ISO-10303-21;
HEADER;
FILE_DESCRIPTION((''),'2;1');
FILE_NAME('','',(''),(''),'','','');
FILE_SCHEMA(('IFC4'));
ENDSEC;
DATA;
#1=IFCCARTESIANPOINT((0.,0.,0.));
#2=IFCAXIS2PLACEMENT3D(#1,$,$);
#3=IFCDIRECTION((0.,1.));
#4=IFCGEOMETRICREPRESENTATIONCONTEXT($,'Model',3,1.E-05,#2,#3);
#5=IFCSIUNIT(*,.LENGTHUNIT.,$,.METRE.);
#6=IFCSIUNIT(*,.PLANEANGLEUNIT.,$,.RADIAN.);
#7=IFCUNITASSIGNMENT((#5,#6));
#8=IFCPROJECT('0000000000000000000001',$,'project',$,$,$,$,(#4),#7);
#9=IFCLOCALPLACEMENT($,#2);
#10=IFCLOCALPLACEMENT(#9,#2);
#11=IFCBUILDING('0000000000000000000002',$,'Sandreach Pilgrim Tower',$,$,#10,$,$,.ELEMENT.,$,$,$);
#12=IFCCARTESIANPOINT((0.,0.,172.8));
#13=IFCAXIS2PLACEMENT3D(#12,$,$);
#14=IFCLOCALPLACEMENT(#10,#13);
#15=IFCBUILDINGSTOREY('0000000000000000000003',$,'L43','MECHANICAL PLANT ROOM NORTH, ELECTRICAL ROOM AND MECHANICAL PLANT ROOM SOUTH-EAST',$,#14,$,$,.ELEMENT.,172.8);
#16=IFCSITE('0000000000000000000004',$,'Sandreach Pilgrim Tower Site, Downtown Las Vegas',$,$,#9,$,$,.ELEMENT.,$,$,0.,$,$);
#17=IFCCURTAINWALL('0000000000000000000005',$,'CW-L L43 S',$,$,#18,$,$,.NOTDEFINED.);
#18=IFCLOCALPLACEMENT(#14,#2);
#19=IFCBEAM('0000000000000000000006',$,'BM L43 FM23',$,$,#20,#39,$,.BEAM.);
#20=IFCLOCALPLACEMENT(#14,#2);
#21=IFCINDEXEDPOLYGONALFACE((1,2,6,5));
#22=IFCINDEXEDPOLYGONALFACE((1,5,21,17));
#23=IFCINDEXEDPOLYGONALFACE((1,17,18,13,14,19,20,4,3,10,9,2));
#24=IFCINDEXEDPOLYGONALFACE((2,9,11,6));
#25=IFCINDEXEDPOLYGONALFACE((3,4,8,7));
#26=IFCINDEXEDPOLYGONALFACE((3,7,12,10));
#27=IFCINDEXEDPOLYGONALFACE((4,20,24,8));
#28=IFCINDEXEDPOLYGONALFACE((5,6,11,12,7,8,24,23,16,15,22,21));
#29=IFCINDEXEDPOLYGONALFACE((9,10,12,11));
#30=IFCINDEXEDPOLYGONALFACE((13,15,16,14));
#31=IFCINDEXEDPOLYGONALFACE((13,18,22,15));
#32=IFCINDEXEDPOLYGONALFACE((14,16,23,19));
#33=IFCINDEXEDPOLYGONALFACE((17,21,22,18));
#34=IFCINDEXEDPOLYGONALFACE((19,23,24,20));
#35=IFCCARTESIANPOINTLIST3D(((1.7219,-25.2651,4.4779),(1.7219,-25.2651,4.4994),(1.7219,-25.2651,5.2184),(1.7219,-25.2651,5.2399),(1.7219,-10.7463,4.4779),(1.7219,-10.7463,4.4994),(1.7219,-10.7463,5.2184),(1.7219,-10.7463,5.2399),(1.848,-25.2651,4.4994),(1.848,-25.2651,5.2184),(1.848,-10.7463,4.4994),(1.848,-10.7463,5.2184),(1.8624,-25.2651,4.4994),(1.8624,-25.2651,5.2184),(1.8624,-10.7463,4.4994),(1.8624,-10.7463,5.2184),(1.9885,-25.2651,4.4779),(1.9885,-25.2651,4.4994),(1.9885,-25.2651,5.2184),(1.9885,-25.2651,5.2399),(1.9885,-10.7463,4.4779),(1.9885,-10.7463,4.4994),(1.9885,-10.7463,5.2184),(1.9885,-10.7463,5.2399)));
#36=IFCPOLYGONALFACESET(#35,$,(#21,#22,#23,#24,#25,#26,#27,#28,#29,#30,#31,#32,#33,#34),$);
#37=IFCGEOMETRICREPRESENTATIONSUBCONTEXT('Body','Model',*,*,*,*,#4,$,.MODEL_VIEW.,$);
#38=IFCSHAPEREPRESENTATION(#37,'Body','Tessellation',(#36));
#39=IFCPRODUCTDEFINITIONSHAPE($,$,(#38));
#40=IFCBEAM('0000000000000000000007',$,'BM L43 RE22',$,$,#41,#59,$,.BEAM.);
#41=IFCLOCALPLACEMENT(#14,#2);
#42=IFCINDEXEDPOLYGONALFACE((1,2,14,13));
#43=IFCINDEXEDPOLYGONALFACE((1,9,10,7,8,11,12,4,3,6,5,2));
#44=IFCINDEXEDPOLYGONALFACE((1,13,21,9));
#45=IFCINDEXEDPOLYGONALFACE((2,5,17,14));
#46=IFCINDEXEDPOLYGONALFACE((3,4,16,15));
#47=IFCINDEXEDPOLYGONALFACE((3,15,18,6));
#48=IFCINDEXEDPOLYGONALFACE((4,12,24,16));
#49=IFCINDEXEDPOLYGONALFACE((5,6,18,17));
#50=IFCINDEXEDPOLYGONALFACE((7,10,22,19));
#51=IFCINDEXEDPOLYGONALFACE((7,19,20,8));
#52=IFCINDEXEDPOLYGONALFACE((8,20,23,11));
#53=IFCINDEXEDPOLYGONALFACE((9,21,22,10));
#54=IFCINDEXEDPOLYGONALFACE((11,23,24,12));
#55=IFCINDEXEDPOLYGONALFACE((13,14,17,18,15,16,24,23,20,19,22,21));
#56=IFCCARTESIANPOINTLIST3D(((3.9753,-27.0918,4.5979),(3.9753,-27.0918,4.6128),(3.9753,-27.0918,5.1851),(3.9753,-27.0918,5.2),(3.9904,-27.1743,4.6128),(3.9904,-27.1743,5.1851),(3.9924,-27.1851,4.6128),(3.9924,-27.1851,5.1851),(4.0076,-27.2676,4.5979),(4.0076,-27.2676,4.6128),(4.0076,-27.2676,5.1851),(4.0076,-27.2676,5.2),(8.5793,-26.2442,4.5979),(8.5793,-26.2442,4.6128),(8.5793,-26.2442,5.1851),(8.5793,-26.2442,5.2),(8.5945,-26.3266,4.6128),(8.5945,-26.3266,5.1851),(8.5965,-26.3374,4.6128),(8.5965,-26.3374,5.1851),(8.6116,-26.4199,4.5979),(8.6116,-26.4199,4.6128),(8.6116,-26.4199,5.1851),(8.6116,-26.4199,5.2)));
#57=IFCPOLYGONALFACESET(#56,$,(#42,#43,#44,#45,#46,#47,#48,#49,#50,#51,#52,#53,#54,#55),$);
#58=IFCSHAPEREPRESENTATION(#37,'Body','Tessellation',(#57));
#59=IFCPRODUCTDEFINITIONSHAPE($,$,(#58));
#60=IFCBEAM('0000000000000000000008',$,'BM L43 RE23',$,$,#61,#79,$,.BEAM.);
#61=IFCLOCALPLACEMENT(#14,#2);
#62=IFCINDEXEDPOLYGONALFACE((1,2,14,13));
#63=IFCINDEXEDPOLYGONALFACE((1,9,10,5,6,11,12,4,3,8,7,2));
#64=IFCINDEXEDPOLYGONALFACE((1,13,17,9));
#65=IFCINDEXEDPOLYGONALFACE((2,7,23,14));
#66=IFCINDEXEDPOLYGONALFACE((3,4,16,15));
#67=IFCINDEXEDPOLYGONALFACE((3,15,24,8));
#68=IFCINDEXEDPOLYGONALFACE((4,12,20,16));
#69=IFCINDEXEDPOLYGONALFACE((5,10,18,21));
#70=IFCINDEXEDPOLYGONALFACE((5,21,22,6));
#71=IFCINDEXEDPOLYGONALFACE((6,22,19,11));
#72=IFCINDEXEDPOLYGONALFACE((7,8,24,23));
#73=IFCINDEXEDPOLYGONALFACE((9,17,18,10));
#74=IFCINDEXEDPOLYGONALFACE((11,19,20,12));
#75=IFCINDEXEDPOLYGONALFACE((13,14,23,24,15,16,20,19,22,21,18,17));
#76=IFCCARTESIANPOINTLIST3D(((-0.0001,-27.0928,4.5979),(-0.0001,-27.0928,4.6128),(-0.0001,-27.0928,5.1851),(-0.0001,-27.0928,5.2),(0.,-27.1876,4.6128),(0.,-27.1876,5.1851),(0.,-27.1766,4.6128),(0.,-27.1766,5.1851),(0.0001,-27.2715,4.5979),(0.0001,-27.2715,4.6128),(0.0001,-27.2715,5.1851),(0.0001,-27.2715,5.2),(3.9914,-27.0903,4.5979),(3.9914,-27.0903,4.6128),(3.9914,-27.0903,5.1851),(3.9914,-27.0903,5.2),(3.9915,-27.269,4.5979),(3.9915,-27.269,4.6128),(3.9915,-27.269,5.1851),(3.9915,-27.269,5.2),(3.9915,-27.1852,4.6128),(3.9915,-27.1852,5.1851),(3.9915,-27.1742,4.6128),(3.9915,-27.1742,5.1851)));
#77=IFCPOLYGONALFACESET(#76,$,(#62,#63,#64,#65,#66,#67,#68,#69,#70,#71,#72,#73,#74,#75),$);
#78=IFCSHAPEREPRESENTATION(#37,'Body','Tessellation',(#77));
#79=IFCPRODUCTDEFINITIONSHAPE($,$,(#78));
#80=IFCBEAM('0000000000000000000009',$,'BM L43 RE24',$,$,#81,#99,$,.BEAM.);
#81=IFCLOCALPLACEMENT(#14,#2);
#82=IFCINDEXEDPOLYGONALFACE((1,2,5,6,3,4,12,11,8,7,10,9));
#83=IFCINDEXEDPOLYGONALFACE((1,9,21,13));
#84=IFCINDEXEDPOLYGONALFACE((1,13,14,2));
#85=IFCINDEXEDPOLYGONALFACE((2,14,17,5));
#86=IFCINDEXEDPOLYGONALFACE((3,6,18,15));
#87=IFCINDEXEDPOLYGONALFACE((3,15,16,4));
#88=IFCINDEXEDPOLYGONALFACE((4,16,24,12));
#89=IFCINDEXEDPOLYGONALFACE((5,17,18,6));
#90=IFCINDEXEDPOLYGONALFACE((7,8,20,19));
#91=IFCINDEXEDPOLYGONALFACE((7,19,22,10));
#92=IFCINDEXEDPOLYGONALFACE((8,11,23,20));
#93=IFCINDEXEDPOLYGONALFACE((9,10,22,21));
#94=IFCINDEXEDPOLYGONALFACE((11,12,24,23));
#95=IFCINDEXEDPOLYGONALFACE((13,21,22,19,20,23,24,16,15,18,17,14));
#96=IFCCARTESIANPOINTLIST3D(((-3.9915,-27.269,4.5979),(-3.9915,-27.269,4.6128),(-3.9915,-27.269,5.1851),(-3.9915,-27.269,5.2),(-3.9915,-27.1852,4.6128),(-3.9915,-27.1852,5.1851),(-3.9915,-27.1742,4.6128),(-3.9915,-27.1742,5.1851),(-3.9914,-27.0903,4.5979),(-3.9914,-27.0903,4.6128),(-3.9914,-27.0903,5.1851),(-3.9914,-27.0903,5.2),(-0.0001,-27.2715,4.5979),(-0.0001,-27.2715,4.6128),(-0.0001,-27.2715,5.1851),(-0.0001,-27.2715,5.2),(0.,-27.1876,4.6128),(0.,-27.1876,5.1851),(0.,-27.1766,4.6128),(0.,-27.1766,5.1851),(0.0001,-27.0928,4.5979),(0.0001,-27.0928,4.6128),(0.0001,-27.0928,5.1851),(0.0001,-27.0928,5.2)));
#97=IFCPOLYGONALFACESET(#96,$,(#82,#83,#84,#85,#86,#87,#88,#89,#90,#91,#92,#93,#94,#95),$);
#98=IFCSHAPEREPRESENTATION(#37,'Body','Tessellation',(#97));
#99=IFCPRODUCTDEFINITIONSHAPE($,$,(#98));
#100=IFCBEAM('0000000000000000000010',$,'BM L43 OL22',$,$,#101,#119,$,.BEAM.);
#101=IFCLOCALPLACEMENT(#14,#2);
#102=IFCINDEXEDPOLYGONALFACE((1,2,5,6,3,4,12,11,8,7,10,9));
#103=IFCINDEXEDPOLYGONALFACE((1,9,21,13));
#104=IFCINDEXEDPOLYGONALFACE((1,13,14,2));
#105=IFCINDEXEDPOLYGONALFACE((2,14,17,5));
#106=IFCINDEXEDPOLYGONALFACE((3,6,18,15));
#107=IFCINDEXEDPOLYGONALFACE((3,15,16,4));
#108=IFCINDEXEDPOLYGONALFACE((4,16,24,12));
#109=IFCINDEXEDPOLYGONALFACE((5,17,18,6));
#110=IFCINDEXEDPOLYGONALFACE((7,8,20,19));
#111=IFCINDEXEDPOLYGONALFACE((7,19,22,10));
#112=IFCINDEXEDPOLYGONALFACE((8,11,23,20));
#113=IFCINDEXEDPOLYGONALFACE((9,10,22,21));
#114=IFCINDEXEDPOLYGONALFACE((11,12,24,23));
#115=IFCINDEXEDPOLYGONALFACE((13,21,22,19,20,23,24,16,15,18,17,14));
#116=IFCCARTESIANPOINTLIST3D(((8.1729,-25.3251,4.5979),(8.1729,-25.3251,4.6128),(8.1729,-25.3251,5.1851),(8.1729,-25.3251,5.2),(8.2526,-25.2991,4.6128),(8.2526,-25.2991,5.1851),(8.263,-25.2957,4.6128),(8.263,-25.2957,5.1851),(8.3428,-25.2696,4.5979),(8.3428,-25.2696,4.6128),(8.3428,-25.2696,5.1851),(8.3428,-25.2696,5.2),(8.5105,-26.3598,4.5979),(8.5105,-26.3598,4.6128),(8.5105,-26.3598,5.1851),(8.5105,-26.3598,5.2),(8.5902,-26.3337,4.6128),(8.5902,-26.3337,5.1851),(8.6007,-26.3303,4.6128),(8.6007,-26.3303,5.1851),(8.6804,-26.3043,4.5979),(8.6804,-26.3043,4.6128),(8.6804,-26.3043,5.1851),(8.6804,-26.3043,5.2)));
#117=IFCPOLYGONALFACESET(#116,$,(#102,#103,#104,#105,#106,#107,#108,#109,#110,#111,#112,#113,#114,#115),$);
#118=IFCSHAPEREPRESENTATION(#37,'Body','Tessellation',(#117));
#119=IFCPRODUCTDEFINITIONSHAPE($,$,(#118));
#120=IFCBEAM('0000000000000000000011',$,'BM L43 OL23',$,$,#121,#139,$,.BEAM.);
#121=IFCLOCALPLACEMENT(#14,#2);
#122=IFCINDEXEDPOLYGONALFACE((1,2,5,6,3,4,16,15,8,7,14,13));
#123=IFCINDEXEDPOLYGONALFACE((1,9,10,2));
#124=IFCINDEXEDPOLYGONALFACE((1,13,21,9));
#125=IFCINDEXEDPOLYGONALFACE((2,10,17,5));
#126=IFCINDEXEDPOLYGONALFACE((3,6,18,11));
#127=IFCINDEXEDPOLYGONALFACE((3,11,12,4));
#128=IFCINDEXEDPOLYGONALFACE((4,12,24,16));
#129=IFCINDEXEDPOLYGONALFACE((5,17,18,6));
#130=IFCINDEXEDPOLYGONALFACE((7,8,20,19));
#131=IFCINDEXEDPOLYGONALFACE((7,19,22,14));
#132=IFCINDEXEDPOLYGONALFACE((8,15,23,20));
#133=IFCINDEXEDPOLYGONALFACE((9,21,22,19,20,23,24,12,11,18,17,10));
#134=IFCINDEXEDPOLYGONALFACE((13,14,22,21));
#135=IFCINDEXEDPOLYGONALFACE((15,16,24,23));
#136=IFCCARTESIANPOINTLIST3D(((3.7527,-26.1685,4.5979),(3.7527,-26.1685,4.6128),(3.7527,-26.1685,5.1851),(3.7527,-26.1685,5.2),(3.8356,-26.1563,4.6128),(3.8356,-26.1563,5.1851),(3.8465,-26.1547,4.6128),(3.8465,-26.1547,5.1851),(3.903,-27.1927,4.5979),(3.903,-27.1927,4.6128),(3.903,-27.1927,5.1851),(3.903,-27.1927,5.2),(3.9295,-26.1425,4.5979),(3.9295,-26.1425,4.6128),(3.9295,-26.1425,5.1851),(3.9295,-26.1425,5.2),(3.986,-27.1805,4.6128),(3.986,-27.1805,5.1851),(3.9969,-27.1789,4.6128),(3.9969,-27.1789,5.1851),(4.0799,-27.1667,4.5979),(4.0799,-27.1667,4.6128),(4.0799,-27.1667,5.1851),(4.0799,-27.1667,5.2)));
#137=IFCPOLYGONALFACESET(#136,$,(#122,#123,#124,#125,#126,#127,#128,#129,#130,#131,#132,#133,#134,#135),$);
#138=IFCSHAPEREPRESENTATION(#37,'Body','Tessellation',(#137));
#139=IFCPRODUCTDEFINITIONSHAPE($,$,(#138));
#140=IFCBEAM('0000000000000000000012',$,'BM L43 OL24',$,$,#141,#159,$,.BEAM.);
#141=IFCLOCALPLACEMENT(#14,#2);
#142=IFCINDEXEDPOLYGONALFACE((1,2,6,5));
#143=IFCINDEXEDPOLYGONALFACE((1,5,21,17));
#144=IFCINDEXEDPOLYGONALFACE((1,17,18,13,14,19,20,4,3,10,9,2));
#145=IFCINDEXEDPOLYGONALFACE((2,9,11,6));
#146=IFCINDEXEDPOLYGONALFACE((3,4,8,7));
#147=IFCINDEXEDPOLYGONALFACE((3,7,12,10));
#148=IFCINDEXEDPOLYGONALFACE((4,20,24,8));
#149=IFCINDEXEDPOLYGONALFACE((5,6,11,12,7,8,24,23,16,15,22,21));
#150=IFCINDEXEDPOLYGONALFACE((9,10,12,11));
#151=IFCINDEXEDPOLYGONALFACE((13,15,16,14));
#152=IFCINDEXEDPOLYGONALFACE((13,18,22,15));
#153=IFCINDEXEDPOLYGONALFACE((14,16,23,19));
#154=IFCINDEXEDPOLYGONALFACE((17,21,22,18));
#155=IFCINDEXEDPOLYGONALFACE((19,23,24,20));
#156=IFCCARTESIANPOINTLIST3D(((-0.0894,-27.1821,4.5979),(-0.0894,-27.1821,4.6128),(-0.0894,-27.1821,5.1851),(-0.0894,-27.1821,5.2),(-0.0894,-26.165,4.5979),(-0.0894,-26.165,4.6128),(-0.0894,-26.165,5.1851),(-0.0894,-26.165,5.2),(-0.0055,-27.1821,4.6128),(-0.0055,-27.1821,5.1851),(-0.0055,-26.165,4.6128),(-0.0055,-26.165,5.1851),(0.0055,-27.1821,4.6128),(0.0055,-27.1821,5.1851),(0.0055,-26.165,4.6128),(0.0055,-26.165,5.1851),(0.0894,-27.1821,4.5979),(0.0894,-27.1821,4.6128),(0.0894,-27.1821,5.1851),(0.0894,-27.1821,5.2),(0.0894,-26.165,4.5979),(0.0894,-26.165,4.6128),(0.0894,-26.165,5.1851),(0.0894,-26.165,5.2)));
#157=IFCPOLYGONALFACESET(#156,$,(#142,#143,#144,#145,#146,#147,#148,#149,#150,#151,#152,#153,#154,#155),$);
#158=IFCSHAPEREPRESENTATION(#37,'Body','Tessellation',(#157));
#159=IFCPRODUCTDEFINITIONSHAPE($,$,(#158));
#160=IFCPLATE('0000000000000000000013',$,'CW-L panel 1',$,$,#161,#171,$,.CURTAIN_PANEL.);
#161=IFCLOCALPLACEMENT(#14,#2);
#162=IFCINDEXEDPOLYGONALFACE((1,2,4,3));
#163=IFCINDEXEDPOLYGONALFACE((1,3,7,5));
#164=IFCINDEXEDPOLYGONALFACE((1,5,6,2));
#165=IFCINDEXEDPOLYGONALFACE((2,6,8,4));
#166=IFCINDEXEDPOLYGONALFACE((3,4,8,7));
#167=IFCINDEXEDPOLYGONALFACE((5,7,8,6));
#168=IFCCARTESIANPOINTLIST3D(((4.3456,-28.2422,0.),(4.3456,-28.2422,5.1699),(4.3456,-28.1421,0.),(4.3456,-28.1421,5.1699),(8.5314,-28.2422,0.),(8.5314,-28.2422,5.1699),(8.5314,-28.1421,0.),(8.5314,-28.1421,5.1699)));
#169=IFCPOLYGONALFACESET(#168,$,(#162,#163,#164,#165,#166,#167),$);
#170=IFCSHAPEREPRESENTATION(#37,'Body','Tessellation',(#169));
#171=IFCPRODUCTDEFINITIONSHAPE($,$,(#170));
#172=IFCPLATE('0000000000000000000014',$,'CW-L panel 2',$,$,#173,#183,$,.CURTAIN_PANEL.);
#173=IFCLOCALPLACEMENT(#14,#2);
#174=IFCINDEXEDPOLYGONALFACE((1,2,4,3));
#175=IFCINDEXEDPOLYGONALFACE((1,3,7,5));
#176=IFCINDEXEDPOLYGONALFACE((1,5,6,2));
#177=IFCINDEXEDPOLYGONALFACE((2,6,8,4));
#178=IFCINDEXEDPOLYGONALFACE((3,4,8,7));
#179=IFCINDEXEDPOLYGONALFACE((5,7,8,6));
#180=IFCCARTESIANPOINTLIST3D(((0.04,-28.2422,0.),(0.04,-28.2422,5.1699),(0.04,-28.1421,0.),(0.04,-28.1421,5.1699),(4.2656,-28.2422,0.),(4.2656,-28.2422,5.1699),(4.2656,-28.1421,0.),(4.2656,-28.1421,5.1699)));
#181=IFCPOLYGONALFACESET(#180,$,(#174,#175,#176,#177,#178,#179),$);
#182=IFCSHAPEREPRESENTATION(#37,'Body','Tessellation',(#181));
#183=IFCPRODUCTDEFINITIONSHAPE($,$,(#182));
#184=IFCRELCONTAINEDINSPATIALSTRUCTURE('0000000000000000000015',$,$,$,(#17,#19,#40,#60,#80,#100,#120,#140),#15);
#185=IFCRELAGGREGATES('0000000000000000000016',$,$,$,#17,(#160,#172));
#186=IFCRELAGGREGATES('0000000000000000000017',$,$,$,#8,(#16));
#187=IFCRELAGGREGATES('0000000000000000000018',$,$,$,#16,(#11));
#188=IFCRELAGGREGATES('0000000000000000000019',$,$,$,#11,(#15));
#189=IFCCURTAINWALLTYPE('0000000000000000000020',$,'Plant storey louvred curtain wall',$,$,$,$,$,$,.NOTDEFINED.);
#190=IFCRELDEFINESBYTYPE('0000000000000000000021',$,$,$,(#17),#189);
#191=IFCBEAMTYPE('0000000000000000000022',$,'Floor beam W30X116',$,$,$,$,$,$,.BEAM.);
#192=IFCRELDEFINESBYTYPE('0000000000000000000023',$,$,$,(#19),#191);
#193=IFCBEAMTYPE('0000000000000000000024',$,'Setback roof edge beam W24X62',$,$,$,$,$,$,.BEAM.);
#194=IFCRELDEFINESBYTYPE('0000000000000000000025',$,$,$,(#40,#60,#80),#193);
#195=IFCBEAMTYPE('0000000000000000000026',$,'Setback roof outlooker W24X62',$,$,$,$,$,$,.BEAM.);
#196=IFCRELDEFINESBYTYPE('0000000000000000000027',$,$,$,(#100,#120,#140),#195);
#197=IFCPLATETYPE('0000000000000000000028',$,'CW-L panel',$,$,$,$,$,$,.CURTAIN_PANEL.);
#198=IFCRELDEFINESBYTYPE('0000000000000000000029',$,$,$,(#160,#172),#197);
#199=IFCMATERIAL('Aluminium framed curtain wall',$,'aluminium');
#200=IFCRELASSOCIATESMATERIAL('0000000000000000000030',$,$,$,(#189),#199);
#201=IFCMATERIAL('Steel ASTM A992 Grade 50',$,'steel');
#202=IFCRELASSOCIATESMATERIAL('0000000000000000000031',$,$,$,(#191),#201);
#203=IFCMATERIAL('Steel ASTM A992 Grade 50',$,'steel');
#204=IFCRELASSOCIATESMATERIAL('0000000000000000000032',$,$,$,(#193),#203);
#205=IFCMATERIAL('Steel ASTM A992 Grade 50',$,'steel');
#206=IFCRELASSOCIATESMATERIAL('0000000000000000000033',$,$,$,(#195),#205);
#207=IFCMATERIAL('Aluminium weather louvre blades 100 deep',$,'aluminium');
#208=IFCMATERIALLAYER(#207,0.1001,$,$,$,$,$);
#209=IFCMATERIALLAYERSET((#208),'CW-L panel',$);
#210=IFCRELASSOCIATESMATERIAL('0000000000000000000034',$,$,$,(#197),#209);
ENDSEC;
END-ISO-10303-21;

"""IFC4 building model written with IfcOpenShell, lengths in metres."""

from ifc_helpers import new_model, si_unit, direction, frame, origin, origin_2d, place, context, subcontext, project, spatial, rectangle, i_section, extrude, material, layer, layer_set, material_profile, profile_set, type_object, element, aggregate, save


model = new_model("IFC4")

# Units and contexts
model_context = context("Model", 3, precision=1e-05, world=origin(), true_north=direction((0.0, 1.0)))
body_context = subcontext(model_context, "Body", "Model", "MODEL_VIEW")
ifc_project = project(units=[si_unit("LENGTHUNIT", "METRE"), si_unit("PLANEANGLEUNIT", "RADIAN")], contexts=[model_context])

# Site, building, storey
site_placement = place(None, origin())
site = spatial("IfcSite", under=ifc_project, at=site_placement, Name="Sandreach Pilgrim Tower Site, Downtown Las Vegas", CompositionType="ELEMENT", RefElevation=0.0)
building_placement = place(site_placement, origin())
building = spatial("IfcBuilding", under=site, at=building_placement, Name="Sandreach Pilgrim Tower", CompositionType="ELEMENT")
storey_placement = place(building_placement, frame((0.0, 0.0, 172.8)))
storey = spatial("IfcBuildingStorey", under=building, at=storey_placement, Name="L43", Description="MECHANICAL PLANT ROOM NORTH, ELECTRICAL ROOM AND MECHANICAL PLANT ROOM SOUTH-EAST", CompositionType="ELEMENT", Elevation=172.8)

# Curtain wall
ifc_material_1 = material(Name="Aluminium framed curtain wall", Category="aluminium")
curtain_wall_type = type_object("IfcCurtainWallType", Name="Plant storey louvred curtain wall", PredefinedType="NOTDEFINED", material=ifc_material_1)
curtain_wall_placement = place(storey_placement, origin())
curtain_wall = element("IfcCurtainWall", 1, at=curtain_wall_placement, inside=storey, type_object=curtain_wall_type, Name="CW-L L43 S", PredefinedType="NOTDEFINED")

# Beams
ifc_material_2 = material(Name="Steel ASTM A992 Grade 50", Category="steel")
ifc_material_profile_1 = material_profile(ifc_material_2, i_section(OverallWidth=0.2666, OverallDepth=0.762, WebThickness=0.0144, FlangeThickness=0.0215, at=origin_2d()), Name="W30X116")
ifc_profile_set_1 = profile_set([ifc_material_profile_1], Name="Steel ASTM A992 Grade 50")
beam_type_1 = type_object("IfcBeamType", Name="Floor beam W30X116", PredefinedType="BEAM", material=ifc_profile_set_1)
beam_1_placement = place(storey_placement, frame((1.8552, -25.2651, 4.8589), z_axis=(0.0, 1.0, 0.0), x_axis=(-1.0, 0.0, 0.0)))
element("IfcBeam", 2, at=beam_1_placement, inside=storey, type_object=beam_type_1, Name="BM L43 FM23", PredefinedType="BEAM", context=body_context, shape_type="SweptSolid", body=[
    extrude(i_section(OverallWidth=0.2666, OverallDepth=0.762, WebThickness=0.0144, FlangeThickness=0.0215, at=origin_2d()), origin(), (0.0, 0.0, 1.0), 14.5188),
])
ifc_material_3 = material(Name="Steel ASTM A992 Grade 50", Category="steel")
ifc_material_profile_2 = material_profile(ifc_material_3, i_section(OverallWidth=0.1787, OverallDepth=0.6021, WebThickness=0.011, FlangeThickness=0.0149, at=origin_2d()), Name="W24X62")
ifc_profile_set_2 = profile_set([ifc_material_profile_2], Name="Steel ASTM A992 Grade 50")
beam_type_2 = type_object("IfcBeamType", Name="Setback roof edge beam W24X62", PredefinedType="BEAM", material=ifc_profile_set_2)
beam_2_placement = place(storey_placement, frame((8.5955, -26.332, 4.8989), z_axis=(-0.98347, -0.18107, 0.0), x_axis=(0.18107, -0.98347, 0.0)))
element("IfcBeam", 3, at=beam_2_placement, inside=storey, type_object=beam_type_2, Name="BM L43 RE22", PredefinedType="BEAM", context=body_context, shape_type="SweptSolid", body=[
    extrude(i_section(OverallWidth=0.1787, OverallDepth=0.6021, WebThickness=0.011, FlangeThickness=0.0149, at=origin_2d()), origin(), (0.0, 0.0, 1.0), 4.6814),
])
for number, where, z_axis, x_axis, name in (
    (4, (3.9915, -27.1797, 4.8989), (-1.0, -0.000612, 0.0), (0.000612, -1.0, 0.0), "BM L43 RE23"),
    (5, (0.0, -27.1821, 4.8989), (-1.0, 0.000612, 0.0), (-0.000612, -1.0, 0.0), "BM L43 RE24"),
):
    element("IfcBeam", number, at=place(storey_placement, frame(where, z_axis=z_axis, x_axis=x_axis)), inside=storey, type_object=beam_type_2, Name=name, PredefinedType="BEAM", context=body_context, shape_type="SweptSolid", body=[
        extrude(i_section(OverallWidth=0.1787, OverallDepth=0.6021, WebThickness=0.011, FlangeThickness=0.0149, at=origin_2d()), origin(), (0.0, 0.0, 1.0), 3.9915),
    ])
ifc_material_4 = material(Name="Steel ASTM A992 Grade 50", Category="steel")
ifc_material_profile_3 = material_profile(ifc_material_4, i_section(OverallWidth=0.1787, OverallDepth=0.6021, WebThickness=0.011, FlangeThickness=0.0149, at=origin_2d()), Name="W24X62")
ifc_profile_set_3 = profile_set([ifc_material_profile_3], Name="Steel ASTM A992 Grade 50")
beam_type_3 = type_object("IfcBeamType", Name="Setback roof outlooker W24X62", PredefinedType="BEAM", material=ifc_profile_set_3)
beam_3_placement = place(storey_placement, frame((8.2578, -25.2974, 4.8989), z_axis=(0.310232, -0.950661, 0.0), x_axis=(0.950661, 0.310232, 0.0)))
element("IfcBeam", 6, at=beam_3_placement, inside=storey, type_object=beam_type_3, Name="BM L43 OL22", PredefinedType="BEAM", context=body_context, shape_type="SweptSolid", body=[
    extrude(i_section(OverallWidth=0.1787, OverallDepth=0.6021, WebThickness=0.011, FlangeThickness=0.0149, at=origin_2d()), origin(), (0.0, 0.0, 1.0), 1.0884),
])
beam_4_placement = place(storey_placement, frame((3.8411, -26.1555, 4.8989), z_axis=(0.145283, -0.98939, 0.0), x_axis=(0.98939, 0.145283, 0.0)))
element("IfcBeam", 7, at=beam_4_placement, inside=storey, type_object=beam_type_3, Name="BM L43 OL23", PredefinedType="BEAM", context=body_context, shape_type="SweptSolid", body=[
    extrude(i_section(OverallWidth=0.1787, OverallDepth=0.6021, WebThickness=0.011, FlangeThickness=0.0149, at=origin_2d()), origin(), (0.0, 0.0, 1.0), 1.0352),
])
beam_5_placement = place(storey_placement, frame((0.0, -26.165, 4.8989), z_axis=(0.0, -1.0, 0.0), x_axis=(1.0, 0.0, 0.0)))
element("IfcBeam", 8, at=beam_5_placement, inside=storey, type_object=beam_type_3, Name="BM L43 OL24", PredefinedType="BEAM", context=body_context, shape_type="SweptSolid", body=[
    extrude(i_section(OverallWidth=0.1787, OverallDepth=0.6021, WebThickness=0.011, FlangeThickness=0.0149, at=origin_2d()), origin(), (0.0, 0.0, 1.0), 1.0171),
])

# Plates
ifc_material_5 = material(Name="Aluminium weather louvre blades 100 deep", Category="aluminium")
ifc_layer_1 = layer(ifc_material_5, 0.1001)
ifc_layer_set_1 = layer_set([ifc_layer_1], Name="CW-L panel")
plate_type = type_object("IfcPlateType", Name="CW-L panel", PredefinedType="CURTAIN_PANEL", material=ifc_layer_set_1)
plate_1_placement = place(storey_placement, frame((6.4385, -28.1921, 0.0), z_axis=(0.0, 0.0, 1.0), x_axis=(-1.0, 0.0, 0.0)))
plate_1 = element("IfcPlate", 9, at=plate_1_placement, type_object=plate_type, Name="CW-L panel 1", PredefinedType="CURTAIN_PANEL", context=body_context, shape_type="SweptSolid", body=[
    extrude(rectangle(XDim=4.1858, YDim=0.1001, at=origin_2d()), origin(), (0.0, 0.0, 1.0), 5.1699),
])
plate_2_placement = place(storey_placement, frame((2.1528, -28.1921, 0.0), z_axis=(0.0, 0.0, 1.0), x_axis=(-1.0, 0.0, 0.0)))
plate_2 = element("IfcPlate", 10, at=plate_2_placement, type_object=plate_type, Name="CW-L panel 2", PredefinedType="CURTAIN_PANEL", context=body_context, shape_type="SweptSolid", body=[
    extrude(rectangle(XDim=4.2256, YDim=0.1001, at=origin_2d()), origin(), (0.0, 0.0, 1.0), 5.1699),
])
aggregate(curtain_wall, [plate_1, plate_2])

save(model, "model.ifc")
